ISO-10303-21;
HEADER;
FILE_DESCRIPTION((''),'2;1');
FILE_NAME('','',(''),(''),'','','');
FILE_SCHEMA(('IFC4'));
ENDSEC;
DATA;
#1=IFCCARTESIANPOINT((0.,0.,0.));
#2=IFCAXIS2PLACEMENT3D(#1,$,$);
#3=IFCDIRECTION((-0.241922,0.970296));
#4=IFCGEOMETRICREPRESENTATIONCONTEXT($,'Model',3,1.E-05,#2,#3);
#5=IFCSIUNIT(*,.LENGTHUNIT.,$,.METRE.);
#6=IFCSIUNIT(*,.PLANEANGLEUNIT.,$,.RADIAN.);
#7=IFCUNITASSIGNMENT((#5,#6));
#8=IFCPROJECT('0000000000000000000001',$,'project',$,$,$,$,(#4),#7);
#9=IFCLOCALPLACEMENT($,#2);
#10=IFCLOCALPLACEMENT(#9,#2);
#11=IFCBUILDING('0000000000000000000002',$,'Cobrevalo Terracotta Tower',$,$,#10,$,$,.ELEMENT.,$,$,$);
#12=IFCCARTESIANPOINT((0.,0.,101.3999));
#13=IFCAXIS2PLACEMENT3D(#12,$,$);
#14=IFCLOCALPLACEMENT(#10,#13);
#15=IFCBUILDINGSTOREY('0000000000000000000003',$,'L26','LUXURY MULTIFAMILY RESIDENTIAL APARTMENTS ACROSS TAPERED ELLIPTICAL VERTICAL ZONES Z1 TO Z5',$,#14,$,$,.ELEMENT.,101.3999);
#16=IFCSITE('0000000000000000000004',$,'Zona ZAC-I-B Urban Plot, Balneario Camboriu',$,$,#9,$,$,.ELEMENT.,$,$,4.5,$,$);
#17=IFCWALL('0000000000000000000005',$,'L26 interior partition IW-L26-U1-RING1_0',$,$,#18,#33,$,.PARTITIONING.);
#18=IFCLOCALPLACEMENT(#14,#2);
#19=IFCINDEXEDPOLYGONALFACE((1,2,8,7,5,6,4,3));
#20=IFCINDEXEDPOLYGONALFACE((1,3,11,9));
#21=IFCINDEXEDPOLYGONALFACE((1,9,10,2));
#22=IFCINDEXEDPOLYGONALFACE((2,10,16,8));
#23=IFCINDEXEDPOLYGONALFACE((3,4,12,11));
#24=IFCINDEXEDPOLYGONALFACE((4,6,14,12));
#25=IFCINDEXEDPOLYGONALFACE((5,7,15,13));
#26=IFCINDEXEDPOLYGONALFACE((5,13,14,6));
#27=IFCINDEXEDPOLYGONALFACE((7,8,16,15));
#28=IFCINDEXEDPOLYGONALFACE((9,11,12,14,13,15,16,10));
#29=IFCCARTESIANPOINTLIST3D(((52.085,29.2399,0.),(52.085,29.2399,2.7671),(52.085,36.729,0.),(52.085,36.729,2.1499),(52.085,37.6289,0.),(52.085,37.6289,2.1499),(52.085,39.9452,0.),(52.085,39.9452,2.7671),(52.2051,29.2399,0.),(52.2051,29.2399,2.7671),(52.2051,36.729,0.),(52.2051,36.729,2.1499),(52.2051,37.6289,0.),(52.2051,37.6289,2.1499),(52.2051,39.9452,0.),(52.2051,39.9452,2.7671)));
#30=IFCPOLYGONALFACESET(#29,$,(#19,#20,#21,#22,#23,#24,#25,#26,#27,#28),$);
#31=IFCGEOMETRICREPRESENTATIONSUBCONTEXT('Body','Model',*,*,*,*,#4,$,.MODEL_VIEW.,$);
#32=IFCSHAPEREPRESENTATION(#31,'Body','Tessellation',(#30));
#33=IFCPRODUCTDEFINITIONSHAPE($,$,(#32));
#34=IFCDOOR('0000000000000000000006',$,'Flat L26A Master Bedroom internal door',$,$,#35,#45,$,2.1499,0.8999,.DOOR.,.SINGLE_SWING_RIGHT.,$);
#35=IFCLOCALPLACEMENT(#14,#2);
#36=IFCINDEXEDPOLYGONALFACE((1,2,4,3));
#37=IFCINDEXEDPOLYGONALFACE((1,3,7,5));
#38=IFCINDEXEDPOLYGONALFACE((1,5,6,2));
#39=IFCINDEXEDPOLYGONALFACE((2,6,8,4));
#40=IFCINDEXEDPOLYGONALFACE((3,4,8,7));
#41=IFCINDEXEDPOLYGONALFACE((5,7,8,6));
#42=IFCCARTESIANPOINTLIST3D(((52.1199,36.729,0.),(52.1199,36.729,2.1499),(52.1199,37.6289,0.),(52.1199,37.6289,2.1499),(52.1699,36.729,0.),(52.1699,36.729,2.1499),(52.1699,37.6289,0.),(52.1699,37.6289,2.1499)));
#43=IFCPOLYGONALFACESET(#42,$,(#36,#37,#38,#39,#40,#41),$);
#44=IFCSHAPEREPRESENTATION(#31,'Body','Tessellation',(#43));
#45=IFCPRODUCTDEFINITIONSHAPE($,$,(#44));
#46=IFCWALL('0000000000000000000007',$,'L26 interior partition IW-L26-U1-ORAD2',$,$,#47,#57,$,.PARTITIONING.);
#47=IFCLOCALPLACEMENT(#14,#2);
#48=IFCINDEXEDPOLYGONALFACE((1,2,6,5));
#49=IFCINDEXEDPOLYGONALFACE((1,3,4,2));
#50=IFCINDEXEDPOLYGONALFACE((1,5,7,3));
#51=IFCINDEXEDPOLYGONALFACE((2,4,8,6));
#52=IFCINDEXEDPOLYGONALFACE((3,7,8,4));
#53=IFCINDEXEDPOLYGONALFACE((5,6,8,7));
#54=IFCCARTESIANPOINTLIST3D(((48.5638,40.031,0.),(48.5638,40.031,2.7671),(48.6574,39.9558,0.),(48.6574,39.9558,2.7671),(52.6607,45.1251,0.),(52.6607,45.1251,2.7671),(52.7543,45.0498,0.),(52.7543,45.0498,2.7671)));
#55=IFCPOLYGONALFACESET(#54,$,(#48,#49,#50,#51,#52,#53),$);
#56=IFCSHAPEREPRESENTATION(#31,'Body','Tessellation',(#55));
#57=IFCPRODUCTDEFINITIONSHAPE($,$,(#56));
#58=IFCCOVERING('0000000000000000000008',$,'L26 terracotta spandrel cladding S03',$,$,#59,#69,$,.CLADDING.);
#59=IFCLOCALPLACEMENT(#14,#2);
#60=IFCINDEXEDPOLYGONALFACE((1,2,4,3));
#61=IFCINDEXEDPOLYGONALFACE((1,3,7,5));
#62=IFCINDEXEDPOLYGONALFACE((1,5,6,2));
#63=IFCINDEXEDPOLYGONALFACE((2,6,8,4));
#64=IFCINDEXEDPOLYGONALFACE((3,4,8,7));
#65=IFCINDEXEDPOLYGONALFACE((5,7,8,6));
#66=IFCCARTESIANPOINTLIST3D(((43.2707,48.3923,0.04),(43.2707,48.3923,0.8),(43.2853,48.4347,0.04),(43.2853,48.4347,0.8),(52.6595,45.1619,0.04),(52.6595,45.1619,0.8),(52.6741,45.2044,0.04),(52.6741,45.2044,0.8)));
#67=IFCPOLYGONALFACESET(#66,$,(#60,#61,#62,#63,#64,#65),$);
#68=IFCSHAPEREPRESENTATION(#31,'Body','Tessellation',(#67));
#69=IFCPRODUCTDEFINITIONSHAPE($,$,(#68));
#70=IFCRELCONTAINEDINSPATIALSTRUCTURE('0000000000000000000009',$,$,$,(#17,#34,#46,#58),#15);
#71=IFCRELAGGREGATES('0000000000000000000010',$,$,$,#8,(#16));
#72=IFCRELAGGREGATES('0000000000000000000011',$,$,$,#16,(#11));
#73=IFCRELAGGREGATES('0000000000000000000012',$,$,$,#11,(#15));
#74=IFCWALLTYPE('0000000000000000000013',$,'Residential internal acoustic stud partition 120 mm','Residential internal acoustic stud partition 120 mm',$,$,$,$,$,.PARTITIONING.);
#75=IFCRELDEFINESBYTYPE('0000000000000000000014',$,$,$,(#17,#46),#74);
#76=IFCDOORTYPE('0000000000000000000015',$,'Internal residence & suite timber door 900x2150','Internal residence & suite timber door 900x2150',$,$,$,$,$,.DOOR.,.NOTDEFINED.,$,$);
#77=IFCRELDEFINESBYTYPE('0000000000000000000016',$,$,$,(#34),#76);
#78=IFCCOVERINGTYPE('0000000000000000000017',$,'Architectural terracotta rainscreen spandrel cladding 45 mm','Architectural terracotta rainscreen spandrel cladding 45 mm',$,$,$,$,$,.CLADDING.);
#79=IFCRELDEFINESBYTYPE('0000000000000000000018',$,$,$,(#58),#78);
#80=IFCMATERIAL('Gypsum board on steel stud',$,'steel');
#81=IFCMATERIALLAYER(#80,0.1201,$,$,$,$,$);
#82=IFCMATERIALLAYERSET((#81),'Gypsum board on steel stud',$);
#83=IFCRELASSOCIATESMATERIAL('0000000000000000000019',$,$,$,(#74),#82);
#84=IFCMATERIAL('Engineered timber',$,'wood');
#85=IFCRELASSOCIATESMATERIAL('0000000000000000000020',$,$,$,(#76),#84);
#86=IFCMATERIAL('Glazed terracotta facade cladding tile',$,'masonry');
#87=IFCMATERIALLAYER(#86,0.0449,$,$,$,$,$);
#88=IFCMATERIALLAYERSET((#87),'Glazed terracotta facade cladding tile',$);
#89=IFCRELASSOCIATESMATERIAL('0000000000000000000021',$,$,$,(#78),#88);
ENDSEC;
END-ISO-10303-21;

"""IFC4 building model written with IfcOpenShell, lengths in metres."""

from ifc_helpers import new_model, si_unit, direction, frame, frame_2d, origin, origin_2d, place, context, subcontext, project, spatial, rectangle, extrude, source, transform, mapped, material, layer, layer_set, type_object, element, fill, save


model = new_model("IFC4")

# Units and contexts
model_context = context("Model", 3, precision=1e-05, world=origin(), true_north=direction((-0.241922, 0.970296)))
body_context = subcontext(model_context, "Body", "Model", "MODEL_VIEW")
ifc_project = project(units=[si_unit("LENGTHUNIT", "METRE"), si_unit("PLANEANGLEUNIT", "RADIAN")], contexts=[model_context])

# Site, building, storey
site_placement = place(None, origin())
site = spatial("IfcSite", under=ifc_project, at=site_placement, Name="Zona ZAC-I-B Urban Plot, Balneario Camboriu", CompositionType="ELEMENT", RefElevation=4.5)
building_placement = place(site_placement, origin())
building = spatial("IfcBuilding", under=site, at=building_placement, Name="Cobrevalo Terracotta Tower", CompositionType="ELEMENT")
storey_placement = place(building_placement, frame((0.0, 0.0, 101.3999)))
storey = spatial("IfcBuildingStorey", under=building, at=storey_placement, Name="L26", Description="LUXURY MULTIFAMILY RESIDENTIAL APARTMENTS ACROSS TAPERED ELLIPTICAL VERTICAL ZONES Z1 TO Z5", CompositionType="ELEMENT", Elevation=101.3999)

# Wall, opening, door
ifc_material_1 = material(Name="Gypsum board on steel stud", Category="steel")
ifc_layer_1 = layer(ifc_material_1, 0.1201)
ifc_layer_set_1 = layer_set([ifc_layer_1], Name="Gypsum board on steel stud")
wall_type_1 = type_object("IfcWallType", Name="Residential internal acoustic stud partition 120 mm", Description="Residential internal acoustic stud partition 120 mm", PredefinedType="PARTITIONING", material=ifc_layer_set_1)
wall_1_placement = place(storey_placement, frame((52.145, 39.9451, 0.0), z_axis=(0.0, 0.0, 1.0), x_axis=(0.0, -1.0, 0.0)))
wall_1 = element("IfcWall", 1, at=wall_1_placement, inside=storey, type_object=wall_type_1, Name="L26 interior partition IW-L26-U1-RING1_0", PredefinedType="PARTITIONING", context=body_context, shape_type="SweptSolid", body=[
    extrude(rectangle(XDim=10.7053, YDim=0.1201, at=frame_2d((5.3525, 0.0))), origin(), (0.0, 0.0, 1.0), 2.7671),
])
opening_1_placement = place(wall_1_placement, frame((2.3162, 0.0, 0.0)))
opening_1 = element("IfcOpeningElement", 2, at=opening_1_placement, cuts=wall_1, PredefinedType="OPENING", context=body_context, shape_type="SweptSolid", body=[
    extrude(rectangle(XDim=0.8999, YDim=2.1499, at=frame_2d((0.45, 1.075))), frame((0.0, 0.0701, 0.0), z_axis=(0.0, -1.0, 0.0), x_axis=(1.0, 0.0, 0.0)), (0.0, 0.0, 1.0), 0.1401),
])
ifc_material_2 = material(Name="Engineered timber", Category="wood")
door_type_1 = type_object("IfcDoorType", Name="Internal residence & suite timber door 900x2150", Description="Internal residence & suite timber door 900x2150", OperationType="NOTDEFINED", PredefinedType="DOOR", material=ifc_material_2)
shared_shape_1 = source(origin(), body_context, "Body", "SweptSolid", [
    extrude(rectangle(XDim=0.8999, YDim=2.1499, at=frame_2d((0.45, 1.075))), frame((0.0, 0.0249, 0.0), z_axis=(0.0, -1.0, 0.0), x_axis=(1.0, 0.0, 0.0)), (0.0, 0.0, 1.0), 0.05),
])
door_1_placement = place(opening_1_placement, origin())
door_1 = element("IfcDoor", 3, at=door_1_placement, inside=storey, type_object=door_type_1, Name="Flat L26A Master Bedroom internal door", OperationType="SINGLE_SWING_RIGHT", OverallHeight=2.1499, OverallWidth=0.8999, PredefinedType="DOOR", context=body_context, shape_type="MappedRepresentation", body=[
    mapped(shared_shape_1, transform((0.0, 0.0, 0.0), scale=1.0)),
])
fill(opening_1, door_1)

# Wall
wall_2_placement = place(storey_placement, frame((48.6106, 39.9934, 0.0), z_axis=(0.0, 0.0, 1.0), x_axis=(0.62672, 0.779245, 0.0)))
element("IfcWall", 4, at=wall_2_placement, inside=storey, type_object=wall_type_1, Name="L26 interior partition IW-L26-U1-ORAD2", PredefinedType="PARTITIONING", context=body_context, shape_type="SweptSolid", body=[
    extrude(rectangle(XDim=6.5371, YDim=0.1201, at=frame_2d((3.2686, 0.0))), origin(), (0.0, 0.0, 1.0), 2.7671),
])

# Covering
ifc_material_3 = material(Name="Glazed terracotta facade cladding tile", Category="masonry")
ifc_layer_2 = layer(ifc_material_3, 0.0449)
ifc_layer_set_2 = layer_set([ifc_layer_2], Name="Glazed terracotta facade cladding tile")
covering_type = type_object("IfcCoveringType", Name="Architectural terracotta rainscreen spandrel cladding 45 mm", Description="Architectural terracotta rainscreen spandrel cladding 45 mm", PredefinedType="CLADDING", material=ifc_layer_set_2)
shared_shape_2 = source(origin(), body_context, "Body", "SweptSolid", [
    extrude(rectangle(XDim=9.929, YDim=0.0449, at=origin_2d()), origin(), (0.0, 0.0, 1.0), 0.76),
])
covering_placement = place(storey_placement, frame((47.9724, 46.7983, 0.04), z_axis=(0.0, 0.0, 1.0), x_axis=(-0.945596, 0.325342, 0.0)))
element("IfcCovering", 5, at=covering_placement, inside=storey, type_object=covering_type, Name="L26 terracotta spandrel cladding S03", PredefinedType="CLADDING", context=body_context, shape_type="MappedRepresentation", body=[
    mapped(shared_shape_2, transform((0.0, 0.0, 0.0), scale=1.0)),
])

save(model, "model.ifc")
